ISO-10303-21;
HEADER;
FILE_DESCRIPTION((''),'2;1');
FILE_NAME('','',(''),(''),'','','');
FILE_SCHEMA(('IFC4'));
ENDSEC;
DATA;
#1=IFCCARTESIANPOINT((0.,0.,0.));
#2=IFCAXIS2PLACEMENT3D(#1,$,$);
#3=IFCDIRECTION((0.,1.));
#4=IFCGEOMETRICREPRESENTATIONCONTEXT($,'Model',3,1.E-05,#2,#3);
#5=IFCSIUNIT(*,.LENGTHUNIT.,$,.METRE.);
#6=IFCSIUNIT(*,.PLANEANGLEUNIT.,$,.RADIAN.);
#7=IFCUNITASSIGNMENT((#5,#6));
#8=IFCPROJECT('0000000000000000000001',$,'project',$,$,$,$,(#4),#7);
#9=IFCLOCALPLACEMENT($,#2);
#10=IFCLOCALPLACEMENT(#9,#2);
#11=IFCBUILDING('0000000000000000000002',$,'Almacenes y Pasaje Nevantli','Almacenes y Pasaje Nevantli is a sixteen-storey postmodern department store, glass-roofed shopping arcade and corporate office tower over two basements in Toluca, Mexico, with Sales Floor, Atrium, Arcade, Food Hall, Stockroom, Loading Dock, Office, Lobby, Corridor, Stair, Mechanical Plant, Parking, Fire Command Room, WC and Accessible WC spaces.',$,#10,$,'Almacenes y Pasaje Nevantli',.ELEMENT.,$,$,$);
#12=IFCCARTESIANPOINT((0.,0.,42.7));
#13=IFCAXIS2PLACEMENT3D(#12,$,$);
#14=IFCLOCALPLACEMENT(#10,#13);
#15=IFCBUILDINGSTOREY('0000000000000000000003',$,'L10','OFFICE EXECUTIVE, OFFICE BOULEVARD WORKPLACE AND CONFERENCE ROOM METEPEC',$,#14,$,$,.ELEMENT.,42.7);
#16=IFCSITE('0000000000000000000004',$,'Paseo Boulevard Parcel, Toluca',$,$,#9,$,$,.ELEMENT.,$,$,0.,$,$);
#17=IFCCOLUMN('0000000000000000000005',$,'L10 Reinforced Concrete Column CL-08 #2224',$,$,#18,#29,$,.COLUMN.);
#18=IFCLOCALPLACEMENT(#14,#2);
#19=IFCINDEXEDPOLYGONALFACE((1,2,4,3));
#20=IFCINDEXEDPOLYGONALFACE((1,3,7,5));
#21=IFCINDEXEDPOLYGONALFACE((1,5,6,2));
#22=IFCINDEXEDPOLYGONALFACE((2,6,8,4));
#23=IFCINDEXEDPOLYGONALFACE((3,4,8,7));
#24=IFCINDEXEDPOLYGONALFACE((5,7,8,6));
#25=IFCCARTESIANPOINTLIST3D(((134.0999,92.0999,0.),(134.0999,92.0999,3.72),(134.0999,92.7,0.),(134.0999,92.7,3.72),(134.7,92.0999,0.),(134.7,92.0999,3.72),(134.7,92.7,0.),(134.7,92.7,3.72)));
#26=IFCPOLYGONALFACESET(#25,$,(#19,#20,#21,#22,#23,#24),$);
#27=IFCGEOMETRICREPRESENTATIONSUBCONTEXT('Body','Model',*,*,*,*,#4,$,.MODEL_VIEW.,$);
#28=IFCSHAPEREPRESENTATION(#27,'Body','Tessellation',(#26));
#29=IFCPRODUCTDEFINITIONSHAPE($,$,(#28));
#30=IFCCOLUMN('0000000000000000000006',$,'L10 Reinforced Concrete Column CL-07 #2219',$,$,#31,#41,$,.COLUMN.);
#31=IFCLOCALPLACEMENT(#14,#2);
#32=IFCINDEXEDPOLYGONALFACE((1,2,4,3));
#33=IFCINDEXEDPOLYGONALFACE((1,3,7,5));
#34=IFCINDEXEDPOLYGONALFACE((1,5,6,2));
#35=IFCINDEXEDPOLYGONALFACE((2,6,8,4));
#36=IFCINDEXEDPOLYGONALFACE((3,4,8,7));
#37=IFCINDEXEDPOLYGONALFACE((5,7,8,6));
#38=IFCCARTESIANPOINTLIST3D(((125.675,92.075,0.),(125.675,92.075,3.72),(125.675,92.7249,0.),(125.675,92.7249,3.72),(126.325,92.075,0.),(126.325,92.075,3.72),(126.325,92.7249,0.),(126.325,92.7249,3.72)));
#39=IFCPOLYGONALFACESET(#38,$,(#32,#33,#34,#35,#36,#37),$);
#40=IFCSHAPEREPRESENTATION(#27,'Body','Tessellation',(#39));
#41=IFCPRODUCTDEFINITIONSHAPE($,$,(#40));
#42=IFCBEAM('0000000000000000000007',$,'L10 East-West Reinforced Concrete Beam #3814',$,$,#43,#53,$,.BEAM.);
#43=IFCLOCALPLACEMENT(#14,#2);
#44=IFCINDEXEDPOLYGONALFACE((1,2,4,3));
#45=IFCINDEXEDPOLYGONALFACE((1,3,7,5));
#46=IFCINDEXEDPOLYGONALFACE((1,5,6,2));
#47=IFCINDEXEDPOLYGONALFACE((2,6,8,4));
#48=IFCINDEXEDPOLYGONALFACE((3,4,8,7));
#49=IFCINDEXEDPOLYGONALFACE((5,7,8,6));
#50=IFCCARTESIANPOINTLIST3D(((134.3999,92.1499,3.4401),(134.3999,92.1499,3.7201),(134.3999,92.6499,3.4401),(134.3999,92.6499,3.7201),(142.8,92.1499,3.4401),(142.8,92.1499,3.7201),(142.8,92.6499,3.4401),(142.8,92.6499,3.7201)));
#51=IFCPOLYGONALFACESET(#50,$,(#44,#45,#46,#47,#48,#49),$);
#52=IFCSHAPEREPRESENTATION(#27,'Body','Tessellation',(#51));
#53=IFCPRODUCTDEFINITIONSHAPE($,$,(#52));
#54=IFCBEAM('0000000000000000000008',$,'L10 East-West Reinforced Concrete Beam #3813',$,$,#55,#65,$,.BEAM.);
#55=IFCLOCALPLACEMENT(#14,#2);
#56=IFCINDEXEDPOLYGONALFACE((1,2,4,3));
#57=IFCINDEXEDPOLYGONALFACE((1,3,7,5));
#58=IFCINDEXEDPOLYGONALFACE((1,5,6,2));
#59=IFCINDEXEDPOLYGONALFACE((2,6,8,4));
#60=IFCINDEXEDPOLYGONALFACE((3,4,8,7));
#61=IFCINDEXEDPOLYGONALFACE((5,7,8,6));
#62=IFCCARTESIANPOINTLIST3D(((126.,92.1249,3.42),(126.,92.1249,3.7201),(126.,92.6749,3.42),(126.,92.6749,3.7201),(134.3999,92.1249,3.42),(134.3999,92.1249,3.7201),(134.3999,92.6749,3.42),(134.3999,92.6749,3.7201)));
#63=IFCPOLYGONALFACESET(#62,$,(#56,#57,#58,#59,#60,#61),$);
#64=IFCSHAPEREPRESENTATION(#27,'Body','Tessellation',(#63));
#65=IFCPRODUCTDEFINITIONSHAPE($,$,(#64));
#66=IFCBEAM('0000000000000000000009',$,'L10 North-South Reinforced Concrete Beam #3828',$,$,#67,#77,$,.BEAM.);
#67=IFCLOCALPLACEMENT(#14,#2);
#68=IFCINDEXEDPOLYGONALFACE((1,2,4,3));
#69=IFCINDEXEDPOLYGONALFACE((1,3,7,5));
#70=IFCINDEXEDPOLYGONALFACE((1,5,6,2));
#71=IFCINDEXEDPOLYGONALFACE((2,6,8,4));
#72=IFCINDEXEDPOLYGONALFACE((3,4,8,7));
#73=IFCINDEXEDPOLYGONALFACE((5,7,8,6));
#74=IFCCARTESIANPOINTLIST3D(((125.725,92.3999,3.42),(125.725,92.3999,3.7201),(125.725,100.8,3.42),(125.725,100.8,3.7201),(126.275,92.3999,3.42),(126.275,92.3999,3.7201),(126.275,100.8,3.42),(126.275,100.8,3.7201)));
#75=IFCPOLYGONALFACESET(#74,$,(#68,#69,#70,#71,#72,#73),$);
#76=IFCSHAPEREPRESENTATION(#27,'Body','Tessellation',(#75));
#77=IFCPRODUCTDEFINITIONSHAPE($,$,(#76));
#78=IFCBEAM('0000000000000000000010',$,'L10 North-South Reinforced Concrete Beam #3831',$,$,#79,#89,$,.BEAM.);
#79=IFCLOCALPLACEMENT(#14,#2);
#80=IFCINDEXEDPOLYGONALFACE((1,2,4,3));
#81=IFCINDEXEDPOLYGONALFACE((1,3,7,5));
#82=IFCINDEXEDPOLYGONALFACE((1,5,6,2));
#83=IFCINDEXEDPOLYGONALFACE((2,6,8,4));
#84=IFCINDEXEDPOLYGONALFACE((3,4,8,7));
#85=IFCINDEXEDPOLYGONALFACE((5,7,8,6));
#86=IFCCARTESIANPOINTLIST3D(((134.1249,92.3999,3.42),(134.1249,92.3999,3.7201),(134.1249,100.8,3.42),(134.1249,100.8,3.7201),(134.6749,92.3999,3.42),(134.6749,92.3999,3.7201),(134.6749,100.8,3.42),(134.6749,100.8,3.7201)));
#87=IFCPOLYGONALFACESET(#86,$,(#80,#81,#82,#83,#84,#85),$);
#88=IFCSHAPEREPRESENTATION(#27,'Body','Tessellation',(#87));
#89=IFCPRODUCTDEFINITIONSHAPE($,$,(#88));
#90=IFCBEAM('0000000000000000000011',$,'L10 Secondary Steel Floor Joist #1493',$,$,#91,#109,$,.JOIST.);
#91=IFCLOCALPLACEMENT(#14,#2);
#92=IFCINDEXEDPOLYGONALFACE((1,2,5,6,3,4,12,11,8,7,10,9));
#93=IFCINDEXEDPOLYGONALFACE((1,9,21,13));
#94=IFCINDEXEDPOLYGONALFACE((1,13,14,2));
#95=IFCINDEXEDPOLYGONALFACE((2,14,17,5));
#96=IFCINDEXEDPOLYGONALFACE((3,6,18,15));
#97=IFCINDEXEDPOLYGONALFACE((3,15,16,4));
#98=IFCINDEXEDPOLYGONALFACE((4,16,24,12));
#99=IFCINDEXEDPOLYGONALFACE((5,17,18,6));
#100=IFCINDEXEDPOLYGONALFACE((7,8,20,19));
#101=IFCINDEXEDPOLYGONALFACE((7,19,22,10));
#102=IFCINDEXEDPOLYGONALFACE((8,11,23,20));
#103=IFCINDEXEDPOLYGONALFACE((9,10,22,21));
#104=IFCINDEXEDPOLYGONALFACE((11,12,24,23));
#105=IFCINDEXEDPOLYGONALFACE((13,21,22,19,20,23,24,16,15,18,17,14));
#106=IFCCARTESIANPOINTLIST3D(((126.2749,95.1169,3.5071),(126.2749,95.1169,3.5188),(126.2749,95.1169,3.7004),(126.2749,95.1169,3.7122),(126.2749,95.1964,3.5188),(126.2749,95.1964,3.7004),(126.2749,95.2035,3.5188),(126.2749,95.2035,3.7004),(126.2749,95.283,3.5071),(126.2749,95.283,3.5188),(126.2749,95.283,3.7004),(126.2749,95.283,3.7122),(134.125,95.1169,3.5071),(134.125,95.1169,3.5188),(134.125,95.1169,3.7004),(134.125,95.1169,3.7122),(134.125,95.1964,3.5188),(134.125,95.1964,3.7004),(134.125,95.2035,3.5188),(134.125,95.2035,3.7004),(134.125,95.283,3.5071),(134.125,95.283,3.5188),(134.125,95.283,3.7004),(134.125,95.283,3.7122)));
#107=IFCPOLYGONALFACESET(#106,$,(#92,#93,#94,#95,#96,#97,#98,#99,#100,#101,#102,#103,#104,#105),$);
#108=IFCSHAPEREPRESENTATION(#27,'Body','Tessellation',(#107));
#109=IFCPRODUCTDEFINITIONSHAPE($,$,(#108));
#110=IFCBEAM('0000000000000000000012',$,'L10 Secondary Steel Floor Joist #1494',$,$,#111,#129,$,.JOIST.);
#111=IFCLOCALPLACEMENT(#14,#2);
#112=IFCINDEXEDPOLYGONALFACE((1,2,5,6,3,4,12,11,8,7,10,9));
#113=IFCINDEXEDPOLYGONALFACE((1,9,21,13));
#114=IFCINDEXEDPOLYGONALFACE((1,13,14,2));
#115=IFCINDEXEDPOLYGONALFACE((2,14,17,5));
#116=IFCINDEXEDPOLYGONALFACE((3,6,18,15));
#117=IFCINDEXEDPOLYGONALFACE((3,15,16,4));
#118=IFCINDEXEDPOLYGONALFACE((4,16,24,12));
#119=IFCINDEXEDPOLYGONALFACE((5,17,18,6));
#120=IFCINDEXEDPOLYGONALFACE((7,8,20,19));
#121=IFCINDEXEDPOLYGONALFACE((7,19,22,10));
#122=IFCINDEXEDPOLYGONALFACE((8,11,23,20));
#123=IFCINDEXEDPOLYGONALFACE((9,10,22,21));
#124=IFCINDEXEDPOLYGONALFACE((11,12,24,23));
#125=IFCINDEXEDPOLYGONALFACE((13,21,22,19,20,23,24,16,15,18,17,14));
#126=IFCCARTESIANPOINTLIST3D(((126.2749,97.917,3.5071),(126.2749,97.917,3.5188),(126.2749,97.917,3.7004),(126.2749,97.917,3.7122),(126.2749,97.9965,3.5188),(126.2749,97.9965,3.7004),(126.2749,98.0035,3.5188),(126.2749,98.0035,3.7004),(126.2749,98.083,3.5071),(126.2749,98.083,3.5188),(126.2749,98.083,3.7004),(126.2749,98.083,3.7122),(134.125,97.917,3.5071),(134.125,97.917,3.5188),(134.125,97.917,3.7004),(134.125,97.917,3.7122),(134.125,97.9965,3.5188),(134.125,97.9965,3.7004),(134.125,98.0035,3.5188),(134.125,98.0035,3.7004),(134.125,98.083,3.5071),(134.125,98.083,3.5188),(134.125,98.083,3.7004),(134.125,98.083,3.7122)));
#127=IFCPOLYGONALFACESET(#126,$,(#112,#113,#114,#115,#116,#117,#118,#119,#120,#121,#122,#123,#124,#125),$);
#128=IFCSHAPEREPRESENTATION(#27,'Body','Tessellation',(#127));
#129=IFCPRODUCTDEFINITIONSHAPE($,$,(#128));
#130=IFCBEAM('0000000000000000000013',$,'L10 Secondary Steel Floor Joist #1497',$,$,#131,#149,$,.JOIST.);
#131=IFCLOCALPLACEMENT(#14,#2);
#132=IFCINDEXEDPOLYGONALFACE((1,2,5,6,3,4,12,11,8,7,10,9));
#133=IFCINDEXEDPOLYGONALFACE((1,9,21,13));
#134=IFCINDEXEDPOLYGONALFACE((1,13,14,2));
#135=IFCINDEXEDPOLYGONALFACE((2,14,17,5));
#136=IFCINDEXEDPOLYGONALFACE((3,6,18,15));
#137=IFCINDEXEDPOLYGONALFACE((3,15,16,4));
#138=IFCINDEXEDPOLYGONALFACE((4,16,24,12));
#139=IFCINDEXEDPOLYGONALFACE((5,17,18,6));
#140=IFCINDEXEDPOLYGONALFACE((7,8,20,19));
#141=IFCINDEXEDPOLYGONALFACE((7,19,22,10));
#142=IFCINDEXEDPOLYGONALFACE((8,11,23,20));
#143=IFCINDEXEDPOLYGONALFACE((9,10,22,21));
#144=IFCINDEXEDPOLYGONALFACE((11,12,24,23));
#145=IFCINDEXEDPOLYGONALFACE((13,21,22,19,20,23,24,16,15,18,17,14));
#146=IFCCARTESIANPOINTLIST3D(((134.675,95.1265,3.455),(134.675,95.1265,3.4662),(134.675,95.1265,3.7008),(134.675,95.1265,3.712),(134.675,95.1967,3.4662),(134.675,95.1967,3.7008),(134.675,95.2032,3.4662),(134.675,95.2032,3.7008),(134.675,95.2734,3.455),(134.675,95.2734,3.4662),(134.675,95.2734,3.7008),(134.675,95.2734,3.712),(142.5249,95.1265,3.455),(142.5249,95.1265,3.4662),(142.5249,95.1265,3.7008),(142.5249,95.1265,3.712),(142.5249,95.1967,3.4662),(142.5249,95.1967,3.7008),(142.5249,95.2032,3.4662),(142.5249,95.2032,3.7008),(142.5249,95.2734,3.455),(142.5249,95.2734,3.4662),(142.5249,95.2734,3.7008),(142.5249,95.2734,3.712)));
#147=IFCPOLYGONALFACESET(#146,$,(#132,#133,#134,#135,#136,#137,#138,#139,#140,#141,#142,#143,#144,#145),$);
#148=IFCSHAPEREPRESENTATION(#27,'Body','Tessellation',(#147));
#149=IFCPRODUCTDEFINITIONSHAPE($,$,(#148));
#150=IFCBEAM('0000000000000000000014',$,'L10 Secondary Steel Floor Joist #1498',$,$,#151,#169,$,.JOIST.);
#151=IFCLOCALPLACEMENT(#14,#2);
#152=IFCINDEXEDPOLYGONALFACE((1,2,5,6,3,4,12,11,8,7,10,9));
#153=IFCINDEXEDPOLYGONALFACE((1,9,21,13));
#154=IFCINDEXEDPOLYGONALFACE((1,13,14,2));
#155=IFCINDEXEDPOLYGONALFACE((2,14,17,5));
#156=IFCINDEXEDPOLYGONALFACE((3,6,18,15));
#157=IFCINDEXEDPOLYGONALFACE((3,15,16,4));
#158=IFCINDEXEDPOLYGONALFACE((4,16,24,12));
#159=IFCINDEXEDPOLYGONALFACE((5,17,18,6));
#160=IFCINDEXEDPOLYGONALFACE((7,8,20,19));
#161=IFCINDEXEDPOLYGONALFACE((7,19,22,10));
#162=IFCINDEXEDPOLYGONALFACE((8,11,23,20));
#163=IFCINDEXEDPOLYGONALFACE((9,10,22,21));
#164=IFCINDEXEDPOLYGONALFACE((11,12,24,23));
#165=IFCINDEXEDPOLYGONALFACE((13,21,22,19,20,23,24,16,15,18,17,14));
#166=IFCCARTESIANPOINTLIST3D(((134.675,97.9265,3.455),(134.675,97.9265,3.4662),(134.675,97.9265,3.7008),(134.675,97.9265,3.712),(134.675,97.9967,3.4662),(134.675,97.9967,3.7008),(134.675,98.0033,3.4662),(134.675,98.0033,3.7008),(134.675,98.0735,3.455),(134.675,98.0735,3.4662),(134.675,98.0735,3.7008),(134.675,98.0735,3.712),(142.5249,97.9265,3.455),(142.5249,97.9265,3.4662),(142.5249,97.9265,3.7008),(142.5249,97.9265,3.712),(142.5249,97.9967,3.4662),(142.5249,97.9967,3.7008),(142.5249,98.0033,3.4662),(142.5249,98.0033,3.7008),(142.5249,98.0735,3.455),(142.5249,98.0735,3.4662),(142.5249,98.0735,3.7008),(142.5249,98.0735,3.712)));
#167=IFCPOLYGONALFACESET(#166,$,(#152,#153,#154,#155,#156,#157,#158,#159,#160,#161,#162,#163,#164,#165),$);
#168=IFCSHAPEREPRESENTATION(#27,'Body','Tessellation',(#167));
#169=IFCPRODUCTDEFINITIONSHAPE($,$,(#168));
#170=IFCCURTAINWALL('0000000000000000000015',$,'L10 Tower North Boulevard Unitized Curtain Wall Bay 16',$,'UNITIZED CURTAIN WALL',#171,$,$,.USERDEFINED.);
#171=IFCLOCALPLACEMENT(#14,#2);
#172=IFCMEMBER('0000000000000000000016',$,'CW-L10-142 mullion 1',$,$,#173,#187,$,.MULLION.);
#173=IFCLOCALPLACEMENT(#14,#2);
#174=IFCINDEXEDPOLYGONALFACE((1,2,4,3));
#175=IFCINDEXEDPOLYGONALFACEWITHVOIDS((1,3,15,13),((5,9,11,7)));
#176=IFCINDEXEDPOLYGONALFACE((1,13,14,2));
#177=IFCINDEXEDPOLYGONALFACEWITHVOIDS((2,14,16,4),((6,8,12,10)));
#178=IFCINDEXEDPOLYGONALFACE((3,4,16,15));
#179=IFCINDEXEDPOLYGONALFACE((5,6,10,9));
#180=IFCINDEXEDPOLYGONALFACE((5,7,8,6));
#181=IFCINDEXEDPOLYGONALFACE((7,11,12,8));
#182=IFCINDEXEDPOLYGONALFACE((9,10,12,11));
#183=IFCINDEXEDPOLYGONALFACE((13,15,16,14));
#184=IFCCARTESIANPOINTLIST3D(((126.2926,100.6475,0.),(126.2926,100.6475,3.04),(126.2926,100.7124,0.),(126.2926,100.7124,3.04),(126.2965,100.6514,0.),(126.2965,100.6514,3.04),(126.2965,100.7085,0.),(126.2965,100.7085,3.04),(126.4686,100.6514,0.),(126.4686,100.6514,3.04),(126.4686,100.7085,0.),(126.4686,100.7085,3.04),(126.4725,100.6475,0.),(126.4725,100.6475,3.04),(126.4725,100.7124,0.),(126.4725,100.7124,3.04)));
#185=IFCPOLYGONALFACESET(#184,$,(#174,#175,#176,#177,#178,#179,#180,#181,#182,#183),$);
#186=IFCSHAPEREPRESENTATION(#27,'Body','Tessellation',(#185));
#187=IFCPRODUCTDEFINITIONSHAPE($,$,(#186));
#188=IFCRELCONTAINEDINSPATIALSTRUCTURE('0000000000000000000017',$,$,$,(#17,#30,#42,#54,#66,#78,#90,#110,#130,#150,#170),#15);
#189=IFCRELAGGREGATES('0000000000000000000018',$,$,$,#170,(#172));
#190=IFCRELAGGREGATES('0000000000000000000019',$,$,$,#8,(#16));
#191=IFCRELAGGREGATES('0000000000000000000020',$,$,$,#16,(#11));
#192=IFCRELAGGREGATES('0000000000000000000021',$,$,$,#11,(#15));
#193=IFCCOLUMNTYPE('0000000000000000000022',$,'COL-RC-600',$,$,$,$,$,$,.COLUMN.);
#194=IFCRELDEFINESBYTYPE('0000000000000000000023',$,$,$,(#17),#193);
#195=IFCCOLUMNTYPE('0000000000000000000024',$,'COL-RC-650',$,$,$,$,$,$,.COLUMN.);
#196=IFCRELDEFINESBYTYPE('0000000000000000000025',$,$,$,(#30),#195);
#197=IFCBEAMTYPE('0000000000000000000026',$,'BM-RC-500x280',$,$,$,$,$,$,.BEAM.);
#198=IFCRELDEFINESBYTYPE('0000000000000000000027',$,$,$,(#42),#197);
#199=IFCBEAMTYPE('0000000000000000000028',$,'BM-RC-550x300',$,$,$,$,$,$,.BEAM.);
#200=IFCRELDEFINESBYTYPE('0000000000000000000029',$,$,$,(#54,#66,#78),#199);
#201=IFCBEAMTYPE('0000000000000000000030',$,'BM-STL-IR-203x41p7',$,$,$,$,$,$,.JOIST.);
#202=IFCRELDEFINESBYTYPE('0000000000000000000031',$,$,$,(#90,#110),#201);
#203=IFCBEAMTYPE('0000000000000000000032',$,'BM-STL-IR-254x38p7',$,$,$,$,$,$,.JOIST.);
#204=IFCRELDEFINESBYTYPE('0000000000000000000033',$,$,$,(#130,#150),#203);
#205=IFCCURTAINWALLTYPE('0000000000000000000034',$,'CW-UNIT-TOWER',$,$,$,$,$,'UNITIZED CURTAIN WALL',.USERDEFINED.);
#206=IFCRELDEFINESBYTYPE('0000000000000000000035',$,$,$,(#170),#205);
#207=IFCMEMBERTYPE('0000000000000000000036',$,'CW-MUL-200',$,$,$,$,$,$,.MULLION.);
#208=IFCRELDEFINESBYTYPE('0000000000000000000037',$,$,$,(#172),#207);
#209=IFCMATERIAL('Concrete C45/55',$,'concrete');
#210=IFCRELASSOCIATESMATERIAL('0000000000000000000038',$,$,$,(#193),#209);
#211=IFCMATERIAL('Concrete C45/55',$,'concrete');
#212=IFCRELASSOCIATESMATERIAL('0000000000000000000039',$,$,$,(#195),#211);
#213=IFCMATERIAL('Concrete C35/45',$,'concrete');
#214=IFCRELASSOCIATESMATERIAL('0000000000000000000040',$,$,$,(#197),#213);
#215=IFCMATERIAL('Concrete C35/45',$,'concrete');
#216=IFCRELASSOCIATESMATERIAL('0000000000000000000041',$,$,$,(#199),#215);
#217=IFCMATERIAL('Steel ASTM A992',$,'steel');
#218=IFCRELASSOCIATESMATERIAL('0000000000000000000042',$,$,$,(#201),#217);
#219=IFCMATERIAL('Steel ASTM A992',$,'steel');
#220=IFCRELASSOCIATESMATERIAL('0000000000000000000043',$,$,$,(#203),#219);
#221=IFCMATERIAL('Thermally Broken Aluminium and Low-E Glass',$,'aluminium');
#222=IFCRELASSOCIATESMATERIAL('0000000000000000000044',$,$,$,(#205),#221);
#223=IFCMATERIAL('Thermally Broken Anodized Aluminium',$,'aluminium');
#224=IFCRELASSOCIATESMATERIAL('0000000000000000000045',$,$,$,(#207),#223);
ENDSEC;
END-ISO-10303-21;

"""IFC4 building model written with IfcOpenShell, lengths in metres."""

from ifc_helpers import new_model, si_unit, direction, frame, origin, origin_2d, place, context, subcontext, project, spatial, rectangle, hollow_rectangle, i_section, extrude, material, material_profile, profile_set, type_object, element, aggregate, save


model = new_model("IFC4")

# Units and contexts
model_context = context("Model", 3, precision=1e-05, world=origin(), true_north=direction((0.0, 1.0)))
body_context = subcontext(model_context, "Body", "Model", "MODEL_VIEW")
ifc_project = project(units=[si_unit("LENGTHUNIT", "METRE"), si_unit("PLANEANGLEUNIT", "RADIAN")], contexts=[model_context])

# Site, building, storey
site_placement = place(None, origin())
site = spatial("IfcSite", under=ifc_project, at=site_placement, Name="Paseo Boulevard Parcel, Toluca", CompositionType="ELEMENT", RefElevation=0.0)
building_placement = place(site_placement, origin())
building = spatial("IfcBuilding", under=site, at=building_placement, Name="Almacenes y Pasaje Nevantli", Description="Almacenes y Pasaje Nevantli is a sixteen-storey postmodern department store, glass-roofed shopping arcade and corporate office tower over two basements in Toluca, Mexico, with Sales Floor, Atrium, Arcade, Food Hall, Stockroom, Loading Dock, Office, Lobby, Corridor, Stair, Mechanical Plant, Parking, Fire Command Room, WC and Accessible WC spaces.", LongName="Almacenes y Pasaje Nevantli", CompositionType="ELEMENT")
storey_placement = place(building_placement, frame((0.0, 0.0, 42.7)))
storey = spatial("IfcBuildingStorey", under=building, at=storey_placement, Name="L10", Description="OFFICE EXECUTIVE, OFFICE BOULEVARD WORKPLACE AND CONFERENCE ROOM METEPEC", CompositionType="ELEMENT", Elevation=42.7)

# Columns
ifc_material_1 = material(Name="Concrete C45/55", Category="concrete")
ifc_material_profile_1 = material_profile(ifc_material_1, rectangle(XDim=0.6001, YDim=0.6001, at=origin_2d()), Name="RC-COL-600x600")
ifc_profile_set_1 = profile_set([ifc_material_profile_1], Name="Concrete C45/55")
column_type_1 = type_object("IfcColumnType", Name="COL-RC-600", PredefinedType="COLUMN", material=ifc_profile_set_1)
column_1_placement = place(storey_placement, frame((134.3999, 92.3999, 0.0), z_axis=(0.0, 0.0, 1.0), x_axis=(1.0, 0.0, 0.0)))
element("IfcColumn", 1, at=column_1_placement, inside=storey, type_object=column_type_1, Name="L10 Reinforced Concrete Column CL-08 #2224", PredefinedType="COLUMN", context=body_context, shape_type="SweptSolid", body=[
    extrude(rectangle(XDim=0.6001, YDim=0.6001, at=origin_2d()), origin(), (0.0, 0.0, 1.0), 3.72),
])
ifc_material_2 = material(Name="Concrete C45/55", Category="concrete")
ifc_material_profile_2 = material_profile(ifc_material_2, rectangle(XDim=0.6499, YDim=0.6499, at=origin_2d()), Name="RC-COL-650x650")
ifc_profile_set_2 = profile_set([ifc_material_profile_2], Name="Concrete C45/55")
column_type_2 = type_object("IfcColumnType", Name="COL-RC-650", PredefinedType="COLUMN", material=ifc_profile_set_2)
column_2_placement = place(storey_placement, frame((126.0, 92.3999, 0.0), z_axis=(0.0, 0.0, 1.0), x_axis=(1.0, 0.0, 0.0)))
element("IfcColumn", 2, at=column_2_placement, inside=storey, type_object=column_type_2, Name="L10 Reinforced Concrete Column CL-07 #2219", PredefinedType="COLUMN", context=body_context, shape_type="SweptSolid", body=[
    extrude(rectangle(XDim=0.6499, YDim=0.6499, at=origin_2d()), origin(), (0.0, 0.0, 1.0), 3.72),
])

# Beams
ifc_material_3 = material(Name="Concrete C35/45", Category="concrete")
ifc_material_profile_3 = material_profile(ifc_material_3, rectangle(XDim=0.5, YDim=0.28, at=origin_2d()), Name="RC-BM-500x280")
ifc_profile_set_3 = profile_set([ifc_material_profile_3], Name="Concrete C35/45")
beam_type_1 = type_object("IfcBeamType", Name="BM-RC-500x280", PredefinedType="BEAM", material=ifc_profile_set_3)
beam_1_placement = place(storey_placement, frame((134.3999, 92.3999, 3.5801), z_axis=(1.0, 0.0, 0.0), x_axis=(0.0, 1.0, 0.0)))
element("IfcBeam", 3, at=beam_1_placement, inside=storey, type_object=beam_type_1, Name="L10 East-West Reinforced Concrete Beam #3814", PredefinedType="BEAM", context=body_context, shape_type="SweptSolid", body=[
    extrude(rectangle(XDim=0.5, YDim=0.28, at=origin_2d()), origin(), (0.0, 0.0, 1.0), 8.4001),
])
ifc_material_4 = material(Name="Concrete C35/45", Category="concrete")
ifc_material_profile_4 = material_profile(ifc_material_4, rectangle(XDim=0.55, YDim=0.3, at=origin_2d()), Name="RC-BM-550x300")
ifc_profile_set_4 = profile_set([ifc_material_profile_4], Name="Concrete C35/45")
beam_type_2 = type_object("IfcBeamType", Name="BM-RC-550x300", PredefinedType="BEAM", material=ifc_profile_set_4)
beam_2_placement = place(storey_placement, frame((126.0, 92.3999, 3.5701), z_axis=(1.0, 0.0, 0.0), x_axis=(0.0, 1.0, 0.0)))
element("IfcBeam", 4, at=beam_2_placement, inside=storey, type_object=beam_type_2, Name="L10 East-West Reinforced Concrete Beam #3813", PredefinedType="BEAM", context=body_context, shape_type="SweptSolid", body=[
    extrude(rectangle(XDim=0.55, YDim=0.3, at=origin_2d()), origin(), (0.0, 0.0, 1.0), 8.3999),
])
for number, where, z_axis, x_axis, name in (
    (5, (126.0, 92.3999, 3.5701), (0.0, 1.0, 0.0), (-1.0, 0.0, 0.0), "L10 North-South Reinforced Concrete Beam #3828"),
    (6, (134.3999, 92.3999, 3.5701), (0.0, 1.0, 0.0), (-1.0, 0.0, 0.0), "L10 North-South Reinforced Concrete Beam #3831"),
):
    element("IfcBeam", number, at=place(storey_placement, frame(where, z_axis=z_axis, x_axis=x_axis)), inside=storey, type_object=beam_type_2, Name=name, PredefinedType="BEAM", context=body_context, shape_type="SweptSolid", body=[
        extrude(rectangle(XDim=0.55, YDim=0.3, at=origin_2d()), origin(), (0.0, 0.0, 1.0), 8.4001),
    ])
ifc_material_5 = material(Name="Steel ASTM A992", Category="steel")
ifc_material_profile_5 = material_profile(ifc_material_5, i_section(OverallWidth=0.166, OverallDepth=0.2051, WebThickness=0.0071, FlangeThickness=0.0117, at=origin_2d()), Name="IR 203x41.7")
ifc_profile_set_5 = profile_set([ifc_material_profile_5], Name="Steel ASTM A992")
beam_type_3 = type_object("IfcBeamType", Name="BM-STL-IR-203x41p7", PredefinedType="JOIST", material=ifc_profile_set_5)
for number, where, z_axis, x_axis, name in (
    (7, (126.2749, 95.2, 3.6096), (1.0, 0.0, 0.0), (0.0, 1.0, 0.0), "L10 Secondary Steel Floor Joist #1493"),
    (8, (126.2749, 98.0, 3.6096), (1.0, 0.0, 0.0), (0.0, 1.0, 0.0), "L10 Secondary Steel Floor Joist #1494"),
):
    element("IfcBeam", number, at=place(storey_placement, frame(where, z_axis=z_axis, x_axis=x_axis)), inside=storey, type_object=beam_type_3, Name=name, PredefinedType="JOIST", context=body_context, shape_type="SweptSolid", body=[
        extrude(i_section(OverallWidth=0.166, OverallDepth=0.2051, WebThickness=0.0071, FlangeThickness=0.0117, at=origin_2d()), origin(), (0.0, 0.0, 1.0), 7.8501),
    ])
ifc_material_6 = material(Name="Steel ASTM A992", Category="steel")
ifc_material_profile_6 = material_profile(ifc_material_6, i_section(OverallWidth=0.147, OverallDepth=0.2571, WebThickness=0.0066, FlangeThickness=0.0112, at=origin_2d()), Name="IR 254x38.7")
ifc_profile_set_6 = profile_set([ifc_material_profile_6], Name="Steel ASTM A992")
beam_type_4 = type_object("IfcBeamType", Name="BM-STL-IR-254x38p7", PredefinedType="JOIST", material=ifc_profile_set_6)
for number, where, z_axis, x_axis, name in (
    (9, (134.675, 95.2, 3.5835), (1.0, 0.0, 0.0), (0.0, 1.0, 0.0), "L10 Secondary Steel Floor Joist #1497"),
    (10, (134.675, 98.0, 3.5835), (1.0, 0.0, 0.0), (0.0, 1.0, 0.0), "L10 Secondary Steel Floor Joist #1498"),
):
    element("IfcBeam", number, at=place(storey_placement, frame(where, z_axis=z_axis, x_axis=x_axis)), inside=storey, type_object=beam_type_4, Name=name, PredefinedType="JOIST", context=body_context, shape_type="SweptSolid", body=[
        extrude(i_section(OverallWidth=0.147, OverallDepth=0.2571, WebThickness=0.0066, FlangeThickness=0.0112, at=origin_2d()), origin(), (0.0, 0.0, 1.0), 7.8499),
    ])

# Curtain wall, member
ifc_material_7 = material(Name="Thermally Broken Aluminium and Low-E Glass", Category="aluminium")
curtain_wall_type = type_object("IfcCurtainWallType", Name="CW-UNIT-TOWER", ElementType="UNITIZED CURTAIN WALL", PredefinedType="USERDEFINED", material=ifc_material_7)
curtain_wall_placement = place(storey_placement, origin())
curtain_wall = element("IfcCurtainWall", 11, at=curtain_wall_placement, inside=storey, type_object=curtain_wall_type, Name="L10 Tower North Boulevard Unitized Curtain Wall Bay 16", ObjectType="UNITIZED CURTAIN WALL", PredefinedType="USERDEFINED")
ifc_material_8 = material(Name="Thermally Broken Anodized Aluminium", Category="aluminium")
ifc_material_profile_7 = material_profile(ifc_material_8, hollow_rectangle(XDim=0.0649, YDim=0.1799, WallThickness=0.0039, at=origin_2d()), Name="ALU-MUL-65x180")
ifc_profile_set_7 = profile_set([ifc_material_profile_7], Name="Thermally Broken Anodized Aluminium")
member_type_1 = type_object("IfcMemberType", Name="CW-MUL-200", PredefinedType="MULLION", material=ifc_profile_set_7)
member_1_placement = place(storey_placement, frame((126.3826, 100.6799, 0.0), z_axis=(0.0, 0.0, 1.0), x_axis=(0.0, 1.0, 0.0)))
member_1 = element("IfcMember", 12, at=member_1_placement, type_object=member_type_1, Name="CW-L10-142 mullion 1", PredefinedType="MULLION", context=body_context, shape_type="SweptSolid", body=[
    extrude(hollow_rectangle(XDim=0.0649, YDim=0.1799, WallThickness=0.0039, at=origin_2d()), origin(), (0.0, 0.0, 1.0), 3.04),
])
aggregate(curtain_wall, [member_1])

save(model, "model.ifc")
